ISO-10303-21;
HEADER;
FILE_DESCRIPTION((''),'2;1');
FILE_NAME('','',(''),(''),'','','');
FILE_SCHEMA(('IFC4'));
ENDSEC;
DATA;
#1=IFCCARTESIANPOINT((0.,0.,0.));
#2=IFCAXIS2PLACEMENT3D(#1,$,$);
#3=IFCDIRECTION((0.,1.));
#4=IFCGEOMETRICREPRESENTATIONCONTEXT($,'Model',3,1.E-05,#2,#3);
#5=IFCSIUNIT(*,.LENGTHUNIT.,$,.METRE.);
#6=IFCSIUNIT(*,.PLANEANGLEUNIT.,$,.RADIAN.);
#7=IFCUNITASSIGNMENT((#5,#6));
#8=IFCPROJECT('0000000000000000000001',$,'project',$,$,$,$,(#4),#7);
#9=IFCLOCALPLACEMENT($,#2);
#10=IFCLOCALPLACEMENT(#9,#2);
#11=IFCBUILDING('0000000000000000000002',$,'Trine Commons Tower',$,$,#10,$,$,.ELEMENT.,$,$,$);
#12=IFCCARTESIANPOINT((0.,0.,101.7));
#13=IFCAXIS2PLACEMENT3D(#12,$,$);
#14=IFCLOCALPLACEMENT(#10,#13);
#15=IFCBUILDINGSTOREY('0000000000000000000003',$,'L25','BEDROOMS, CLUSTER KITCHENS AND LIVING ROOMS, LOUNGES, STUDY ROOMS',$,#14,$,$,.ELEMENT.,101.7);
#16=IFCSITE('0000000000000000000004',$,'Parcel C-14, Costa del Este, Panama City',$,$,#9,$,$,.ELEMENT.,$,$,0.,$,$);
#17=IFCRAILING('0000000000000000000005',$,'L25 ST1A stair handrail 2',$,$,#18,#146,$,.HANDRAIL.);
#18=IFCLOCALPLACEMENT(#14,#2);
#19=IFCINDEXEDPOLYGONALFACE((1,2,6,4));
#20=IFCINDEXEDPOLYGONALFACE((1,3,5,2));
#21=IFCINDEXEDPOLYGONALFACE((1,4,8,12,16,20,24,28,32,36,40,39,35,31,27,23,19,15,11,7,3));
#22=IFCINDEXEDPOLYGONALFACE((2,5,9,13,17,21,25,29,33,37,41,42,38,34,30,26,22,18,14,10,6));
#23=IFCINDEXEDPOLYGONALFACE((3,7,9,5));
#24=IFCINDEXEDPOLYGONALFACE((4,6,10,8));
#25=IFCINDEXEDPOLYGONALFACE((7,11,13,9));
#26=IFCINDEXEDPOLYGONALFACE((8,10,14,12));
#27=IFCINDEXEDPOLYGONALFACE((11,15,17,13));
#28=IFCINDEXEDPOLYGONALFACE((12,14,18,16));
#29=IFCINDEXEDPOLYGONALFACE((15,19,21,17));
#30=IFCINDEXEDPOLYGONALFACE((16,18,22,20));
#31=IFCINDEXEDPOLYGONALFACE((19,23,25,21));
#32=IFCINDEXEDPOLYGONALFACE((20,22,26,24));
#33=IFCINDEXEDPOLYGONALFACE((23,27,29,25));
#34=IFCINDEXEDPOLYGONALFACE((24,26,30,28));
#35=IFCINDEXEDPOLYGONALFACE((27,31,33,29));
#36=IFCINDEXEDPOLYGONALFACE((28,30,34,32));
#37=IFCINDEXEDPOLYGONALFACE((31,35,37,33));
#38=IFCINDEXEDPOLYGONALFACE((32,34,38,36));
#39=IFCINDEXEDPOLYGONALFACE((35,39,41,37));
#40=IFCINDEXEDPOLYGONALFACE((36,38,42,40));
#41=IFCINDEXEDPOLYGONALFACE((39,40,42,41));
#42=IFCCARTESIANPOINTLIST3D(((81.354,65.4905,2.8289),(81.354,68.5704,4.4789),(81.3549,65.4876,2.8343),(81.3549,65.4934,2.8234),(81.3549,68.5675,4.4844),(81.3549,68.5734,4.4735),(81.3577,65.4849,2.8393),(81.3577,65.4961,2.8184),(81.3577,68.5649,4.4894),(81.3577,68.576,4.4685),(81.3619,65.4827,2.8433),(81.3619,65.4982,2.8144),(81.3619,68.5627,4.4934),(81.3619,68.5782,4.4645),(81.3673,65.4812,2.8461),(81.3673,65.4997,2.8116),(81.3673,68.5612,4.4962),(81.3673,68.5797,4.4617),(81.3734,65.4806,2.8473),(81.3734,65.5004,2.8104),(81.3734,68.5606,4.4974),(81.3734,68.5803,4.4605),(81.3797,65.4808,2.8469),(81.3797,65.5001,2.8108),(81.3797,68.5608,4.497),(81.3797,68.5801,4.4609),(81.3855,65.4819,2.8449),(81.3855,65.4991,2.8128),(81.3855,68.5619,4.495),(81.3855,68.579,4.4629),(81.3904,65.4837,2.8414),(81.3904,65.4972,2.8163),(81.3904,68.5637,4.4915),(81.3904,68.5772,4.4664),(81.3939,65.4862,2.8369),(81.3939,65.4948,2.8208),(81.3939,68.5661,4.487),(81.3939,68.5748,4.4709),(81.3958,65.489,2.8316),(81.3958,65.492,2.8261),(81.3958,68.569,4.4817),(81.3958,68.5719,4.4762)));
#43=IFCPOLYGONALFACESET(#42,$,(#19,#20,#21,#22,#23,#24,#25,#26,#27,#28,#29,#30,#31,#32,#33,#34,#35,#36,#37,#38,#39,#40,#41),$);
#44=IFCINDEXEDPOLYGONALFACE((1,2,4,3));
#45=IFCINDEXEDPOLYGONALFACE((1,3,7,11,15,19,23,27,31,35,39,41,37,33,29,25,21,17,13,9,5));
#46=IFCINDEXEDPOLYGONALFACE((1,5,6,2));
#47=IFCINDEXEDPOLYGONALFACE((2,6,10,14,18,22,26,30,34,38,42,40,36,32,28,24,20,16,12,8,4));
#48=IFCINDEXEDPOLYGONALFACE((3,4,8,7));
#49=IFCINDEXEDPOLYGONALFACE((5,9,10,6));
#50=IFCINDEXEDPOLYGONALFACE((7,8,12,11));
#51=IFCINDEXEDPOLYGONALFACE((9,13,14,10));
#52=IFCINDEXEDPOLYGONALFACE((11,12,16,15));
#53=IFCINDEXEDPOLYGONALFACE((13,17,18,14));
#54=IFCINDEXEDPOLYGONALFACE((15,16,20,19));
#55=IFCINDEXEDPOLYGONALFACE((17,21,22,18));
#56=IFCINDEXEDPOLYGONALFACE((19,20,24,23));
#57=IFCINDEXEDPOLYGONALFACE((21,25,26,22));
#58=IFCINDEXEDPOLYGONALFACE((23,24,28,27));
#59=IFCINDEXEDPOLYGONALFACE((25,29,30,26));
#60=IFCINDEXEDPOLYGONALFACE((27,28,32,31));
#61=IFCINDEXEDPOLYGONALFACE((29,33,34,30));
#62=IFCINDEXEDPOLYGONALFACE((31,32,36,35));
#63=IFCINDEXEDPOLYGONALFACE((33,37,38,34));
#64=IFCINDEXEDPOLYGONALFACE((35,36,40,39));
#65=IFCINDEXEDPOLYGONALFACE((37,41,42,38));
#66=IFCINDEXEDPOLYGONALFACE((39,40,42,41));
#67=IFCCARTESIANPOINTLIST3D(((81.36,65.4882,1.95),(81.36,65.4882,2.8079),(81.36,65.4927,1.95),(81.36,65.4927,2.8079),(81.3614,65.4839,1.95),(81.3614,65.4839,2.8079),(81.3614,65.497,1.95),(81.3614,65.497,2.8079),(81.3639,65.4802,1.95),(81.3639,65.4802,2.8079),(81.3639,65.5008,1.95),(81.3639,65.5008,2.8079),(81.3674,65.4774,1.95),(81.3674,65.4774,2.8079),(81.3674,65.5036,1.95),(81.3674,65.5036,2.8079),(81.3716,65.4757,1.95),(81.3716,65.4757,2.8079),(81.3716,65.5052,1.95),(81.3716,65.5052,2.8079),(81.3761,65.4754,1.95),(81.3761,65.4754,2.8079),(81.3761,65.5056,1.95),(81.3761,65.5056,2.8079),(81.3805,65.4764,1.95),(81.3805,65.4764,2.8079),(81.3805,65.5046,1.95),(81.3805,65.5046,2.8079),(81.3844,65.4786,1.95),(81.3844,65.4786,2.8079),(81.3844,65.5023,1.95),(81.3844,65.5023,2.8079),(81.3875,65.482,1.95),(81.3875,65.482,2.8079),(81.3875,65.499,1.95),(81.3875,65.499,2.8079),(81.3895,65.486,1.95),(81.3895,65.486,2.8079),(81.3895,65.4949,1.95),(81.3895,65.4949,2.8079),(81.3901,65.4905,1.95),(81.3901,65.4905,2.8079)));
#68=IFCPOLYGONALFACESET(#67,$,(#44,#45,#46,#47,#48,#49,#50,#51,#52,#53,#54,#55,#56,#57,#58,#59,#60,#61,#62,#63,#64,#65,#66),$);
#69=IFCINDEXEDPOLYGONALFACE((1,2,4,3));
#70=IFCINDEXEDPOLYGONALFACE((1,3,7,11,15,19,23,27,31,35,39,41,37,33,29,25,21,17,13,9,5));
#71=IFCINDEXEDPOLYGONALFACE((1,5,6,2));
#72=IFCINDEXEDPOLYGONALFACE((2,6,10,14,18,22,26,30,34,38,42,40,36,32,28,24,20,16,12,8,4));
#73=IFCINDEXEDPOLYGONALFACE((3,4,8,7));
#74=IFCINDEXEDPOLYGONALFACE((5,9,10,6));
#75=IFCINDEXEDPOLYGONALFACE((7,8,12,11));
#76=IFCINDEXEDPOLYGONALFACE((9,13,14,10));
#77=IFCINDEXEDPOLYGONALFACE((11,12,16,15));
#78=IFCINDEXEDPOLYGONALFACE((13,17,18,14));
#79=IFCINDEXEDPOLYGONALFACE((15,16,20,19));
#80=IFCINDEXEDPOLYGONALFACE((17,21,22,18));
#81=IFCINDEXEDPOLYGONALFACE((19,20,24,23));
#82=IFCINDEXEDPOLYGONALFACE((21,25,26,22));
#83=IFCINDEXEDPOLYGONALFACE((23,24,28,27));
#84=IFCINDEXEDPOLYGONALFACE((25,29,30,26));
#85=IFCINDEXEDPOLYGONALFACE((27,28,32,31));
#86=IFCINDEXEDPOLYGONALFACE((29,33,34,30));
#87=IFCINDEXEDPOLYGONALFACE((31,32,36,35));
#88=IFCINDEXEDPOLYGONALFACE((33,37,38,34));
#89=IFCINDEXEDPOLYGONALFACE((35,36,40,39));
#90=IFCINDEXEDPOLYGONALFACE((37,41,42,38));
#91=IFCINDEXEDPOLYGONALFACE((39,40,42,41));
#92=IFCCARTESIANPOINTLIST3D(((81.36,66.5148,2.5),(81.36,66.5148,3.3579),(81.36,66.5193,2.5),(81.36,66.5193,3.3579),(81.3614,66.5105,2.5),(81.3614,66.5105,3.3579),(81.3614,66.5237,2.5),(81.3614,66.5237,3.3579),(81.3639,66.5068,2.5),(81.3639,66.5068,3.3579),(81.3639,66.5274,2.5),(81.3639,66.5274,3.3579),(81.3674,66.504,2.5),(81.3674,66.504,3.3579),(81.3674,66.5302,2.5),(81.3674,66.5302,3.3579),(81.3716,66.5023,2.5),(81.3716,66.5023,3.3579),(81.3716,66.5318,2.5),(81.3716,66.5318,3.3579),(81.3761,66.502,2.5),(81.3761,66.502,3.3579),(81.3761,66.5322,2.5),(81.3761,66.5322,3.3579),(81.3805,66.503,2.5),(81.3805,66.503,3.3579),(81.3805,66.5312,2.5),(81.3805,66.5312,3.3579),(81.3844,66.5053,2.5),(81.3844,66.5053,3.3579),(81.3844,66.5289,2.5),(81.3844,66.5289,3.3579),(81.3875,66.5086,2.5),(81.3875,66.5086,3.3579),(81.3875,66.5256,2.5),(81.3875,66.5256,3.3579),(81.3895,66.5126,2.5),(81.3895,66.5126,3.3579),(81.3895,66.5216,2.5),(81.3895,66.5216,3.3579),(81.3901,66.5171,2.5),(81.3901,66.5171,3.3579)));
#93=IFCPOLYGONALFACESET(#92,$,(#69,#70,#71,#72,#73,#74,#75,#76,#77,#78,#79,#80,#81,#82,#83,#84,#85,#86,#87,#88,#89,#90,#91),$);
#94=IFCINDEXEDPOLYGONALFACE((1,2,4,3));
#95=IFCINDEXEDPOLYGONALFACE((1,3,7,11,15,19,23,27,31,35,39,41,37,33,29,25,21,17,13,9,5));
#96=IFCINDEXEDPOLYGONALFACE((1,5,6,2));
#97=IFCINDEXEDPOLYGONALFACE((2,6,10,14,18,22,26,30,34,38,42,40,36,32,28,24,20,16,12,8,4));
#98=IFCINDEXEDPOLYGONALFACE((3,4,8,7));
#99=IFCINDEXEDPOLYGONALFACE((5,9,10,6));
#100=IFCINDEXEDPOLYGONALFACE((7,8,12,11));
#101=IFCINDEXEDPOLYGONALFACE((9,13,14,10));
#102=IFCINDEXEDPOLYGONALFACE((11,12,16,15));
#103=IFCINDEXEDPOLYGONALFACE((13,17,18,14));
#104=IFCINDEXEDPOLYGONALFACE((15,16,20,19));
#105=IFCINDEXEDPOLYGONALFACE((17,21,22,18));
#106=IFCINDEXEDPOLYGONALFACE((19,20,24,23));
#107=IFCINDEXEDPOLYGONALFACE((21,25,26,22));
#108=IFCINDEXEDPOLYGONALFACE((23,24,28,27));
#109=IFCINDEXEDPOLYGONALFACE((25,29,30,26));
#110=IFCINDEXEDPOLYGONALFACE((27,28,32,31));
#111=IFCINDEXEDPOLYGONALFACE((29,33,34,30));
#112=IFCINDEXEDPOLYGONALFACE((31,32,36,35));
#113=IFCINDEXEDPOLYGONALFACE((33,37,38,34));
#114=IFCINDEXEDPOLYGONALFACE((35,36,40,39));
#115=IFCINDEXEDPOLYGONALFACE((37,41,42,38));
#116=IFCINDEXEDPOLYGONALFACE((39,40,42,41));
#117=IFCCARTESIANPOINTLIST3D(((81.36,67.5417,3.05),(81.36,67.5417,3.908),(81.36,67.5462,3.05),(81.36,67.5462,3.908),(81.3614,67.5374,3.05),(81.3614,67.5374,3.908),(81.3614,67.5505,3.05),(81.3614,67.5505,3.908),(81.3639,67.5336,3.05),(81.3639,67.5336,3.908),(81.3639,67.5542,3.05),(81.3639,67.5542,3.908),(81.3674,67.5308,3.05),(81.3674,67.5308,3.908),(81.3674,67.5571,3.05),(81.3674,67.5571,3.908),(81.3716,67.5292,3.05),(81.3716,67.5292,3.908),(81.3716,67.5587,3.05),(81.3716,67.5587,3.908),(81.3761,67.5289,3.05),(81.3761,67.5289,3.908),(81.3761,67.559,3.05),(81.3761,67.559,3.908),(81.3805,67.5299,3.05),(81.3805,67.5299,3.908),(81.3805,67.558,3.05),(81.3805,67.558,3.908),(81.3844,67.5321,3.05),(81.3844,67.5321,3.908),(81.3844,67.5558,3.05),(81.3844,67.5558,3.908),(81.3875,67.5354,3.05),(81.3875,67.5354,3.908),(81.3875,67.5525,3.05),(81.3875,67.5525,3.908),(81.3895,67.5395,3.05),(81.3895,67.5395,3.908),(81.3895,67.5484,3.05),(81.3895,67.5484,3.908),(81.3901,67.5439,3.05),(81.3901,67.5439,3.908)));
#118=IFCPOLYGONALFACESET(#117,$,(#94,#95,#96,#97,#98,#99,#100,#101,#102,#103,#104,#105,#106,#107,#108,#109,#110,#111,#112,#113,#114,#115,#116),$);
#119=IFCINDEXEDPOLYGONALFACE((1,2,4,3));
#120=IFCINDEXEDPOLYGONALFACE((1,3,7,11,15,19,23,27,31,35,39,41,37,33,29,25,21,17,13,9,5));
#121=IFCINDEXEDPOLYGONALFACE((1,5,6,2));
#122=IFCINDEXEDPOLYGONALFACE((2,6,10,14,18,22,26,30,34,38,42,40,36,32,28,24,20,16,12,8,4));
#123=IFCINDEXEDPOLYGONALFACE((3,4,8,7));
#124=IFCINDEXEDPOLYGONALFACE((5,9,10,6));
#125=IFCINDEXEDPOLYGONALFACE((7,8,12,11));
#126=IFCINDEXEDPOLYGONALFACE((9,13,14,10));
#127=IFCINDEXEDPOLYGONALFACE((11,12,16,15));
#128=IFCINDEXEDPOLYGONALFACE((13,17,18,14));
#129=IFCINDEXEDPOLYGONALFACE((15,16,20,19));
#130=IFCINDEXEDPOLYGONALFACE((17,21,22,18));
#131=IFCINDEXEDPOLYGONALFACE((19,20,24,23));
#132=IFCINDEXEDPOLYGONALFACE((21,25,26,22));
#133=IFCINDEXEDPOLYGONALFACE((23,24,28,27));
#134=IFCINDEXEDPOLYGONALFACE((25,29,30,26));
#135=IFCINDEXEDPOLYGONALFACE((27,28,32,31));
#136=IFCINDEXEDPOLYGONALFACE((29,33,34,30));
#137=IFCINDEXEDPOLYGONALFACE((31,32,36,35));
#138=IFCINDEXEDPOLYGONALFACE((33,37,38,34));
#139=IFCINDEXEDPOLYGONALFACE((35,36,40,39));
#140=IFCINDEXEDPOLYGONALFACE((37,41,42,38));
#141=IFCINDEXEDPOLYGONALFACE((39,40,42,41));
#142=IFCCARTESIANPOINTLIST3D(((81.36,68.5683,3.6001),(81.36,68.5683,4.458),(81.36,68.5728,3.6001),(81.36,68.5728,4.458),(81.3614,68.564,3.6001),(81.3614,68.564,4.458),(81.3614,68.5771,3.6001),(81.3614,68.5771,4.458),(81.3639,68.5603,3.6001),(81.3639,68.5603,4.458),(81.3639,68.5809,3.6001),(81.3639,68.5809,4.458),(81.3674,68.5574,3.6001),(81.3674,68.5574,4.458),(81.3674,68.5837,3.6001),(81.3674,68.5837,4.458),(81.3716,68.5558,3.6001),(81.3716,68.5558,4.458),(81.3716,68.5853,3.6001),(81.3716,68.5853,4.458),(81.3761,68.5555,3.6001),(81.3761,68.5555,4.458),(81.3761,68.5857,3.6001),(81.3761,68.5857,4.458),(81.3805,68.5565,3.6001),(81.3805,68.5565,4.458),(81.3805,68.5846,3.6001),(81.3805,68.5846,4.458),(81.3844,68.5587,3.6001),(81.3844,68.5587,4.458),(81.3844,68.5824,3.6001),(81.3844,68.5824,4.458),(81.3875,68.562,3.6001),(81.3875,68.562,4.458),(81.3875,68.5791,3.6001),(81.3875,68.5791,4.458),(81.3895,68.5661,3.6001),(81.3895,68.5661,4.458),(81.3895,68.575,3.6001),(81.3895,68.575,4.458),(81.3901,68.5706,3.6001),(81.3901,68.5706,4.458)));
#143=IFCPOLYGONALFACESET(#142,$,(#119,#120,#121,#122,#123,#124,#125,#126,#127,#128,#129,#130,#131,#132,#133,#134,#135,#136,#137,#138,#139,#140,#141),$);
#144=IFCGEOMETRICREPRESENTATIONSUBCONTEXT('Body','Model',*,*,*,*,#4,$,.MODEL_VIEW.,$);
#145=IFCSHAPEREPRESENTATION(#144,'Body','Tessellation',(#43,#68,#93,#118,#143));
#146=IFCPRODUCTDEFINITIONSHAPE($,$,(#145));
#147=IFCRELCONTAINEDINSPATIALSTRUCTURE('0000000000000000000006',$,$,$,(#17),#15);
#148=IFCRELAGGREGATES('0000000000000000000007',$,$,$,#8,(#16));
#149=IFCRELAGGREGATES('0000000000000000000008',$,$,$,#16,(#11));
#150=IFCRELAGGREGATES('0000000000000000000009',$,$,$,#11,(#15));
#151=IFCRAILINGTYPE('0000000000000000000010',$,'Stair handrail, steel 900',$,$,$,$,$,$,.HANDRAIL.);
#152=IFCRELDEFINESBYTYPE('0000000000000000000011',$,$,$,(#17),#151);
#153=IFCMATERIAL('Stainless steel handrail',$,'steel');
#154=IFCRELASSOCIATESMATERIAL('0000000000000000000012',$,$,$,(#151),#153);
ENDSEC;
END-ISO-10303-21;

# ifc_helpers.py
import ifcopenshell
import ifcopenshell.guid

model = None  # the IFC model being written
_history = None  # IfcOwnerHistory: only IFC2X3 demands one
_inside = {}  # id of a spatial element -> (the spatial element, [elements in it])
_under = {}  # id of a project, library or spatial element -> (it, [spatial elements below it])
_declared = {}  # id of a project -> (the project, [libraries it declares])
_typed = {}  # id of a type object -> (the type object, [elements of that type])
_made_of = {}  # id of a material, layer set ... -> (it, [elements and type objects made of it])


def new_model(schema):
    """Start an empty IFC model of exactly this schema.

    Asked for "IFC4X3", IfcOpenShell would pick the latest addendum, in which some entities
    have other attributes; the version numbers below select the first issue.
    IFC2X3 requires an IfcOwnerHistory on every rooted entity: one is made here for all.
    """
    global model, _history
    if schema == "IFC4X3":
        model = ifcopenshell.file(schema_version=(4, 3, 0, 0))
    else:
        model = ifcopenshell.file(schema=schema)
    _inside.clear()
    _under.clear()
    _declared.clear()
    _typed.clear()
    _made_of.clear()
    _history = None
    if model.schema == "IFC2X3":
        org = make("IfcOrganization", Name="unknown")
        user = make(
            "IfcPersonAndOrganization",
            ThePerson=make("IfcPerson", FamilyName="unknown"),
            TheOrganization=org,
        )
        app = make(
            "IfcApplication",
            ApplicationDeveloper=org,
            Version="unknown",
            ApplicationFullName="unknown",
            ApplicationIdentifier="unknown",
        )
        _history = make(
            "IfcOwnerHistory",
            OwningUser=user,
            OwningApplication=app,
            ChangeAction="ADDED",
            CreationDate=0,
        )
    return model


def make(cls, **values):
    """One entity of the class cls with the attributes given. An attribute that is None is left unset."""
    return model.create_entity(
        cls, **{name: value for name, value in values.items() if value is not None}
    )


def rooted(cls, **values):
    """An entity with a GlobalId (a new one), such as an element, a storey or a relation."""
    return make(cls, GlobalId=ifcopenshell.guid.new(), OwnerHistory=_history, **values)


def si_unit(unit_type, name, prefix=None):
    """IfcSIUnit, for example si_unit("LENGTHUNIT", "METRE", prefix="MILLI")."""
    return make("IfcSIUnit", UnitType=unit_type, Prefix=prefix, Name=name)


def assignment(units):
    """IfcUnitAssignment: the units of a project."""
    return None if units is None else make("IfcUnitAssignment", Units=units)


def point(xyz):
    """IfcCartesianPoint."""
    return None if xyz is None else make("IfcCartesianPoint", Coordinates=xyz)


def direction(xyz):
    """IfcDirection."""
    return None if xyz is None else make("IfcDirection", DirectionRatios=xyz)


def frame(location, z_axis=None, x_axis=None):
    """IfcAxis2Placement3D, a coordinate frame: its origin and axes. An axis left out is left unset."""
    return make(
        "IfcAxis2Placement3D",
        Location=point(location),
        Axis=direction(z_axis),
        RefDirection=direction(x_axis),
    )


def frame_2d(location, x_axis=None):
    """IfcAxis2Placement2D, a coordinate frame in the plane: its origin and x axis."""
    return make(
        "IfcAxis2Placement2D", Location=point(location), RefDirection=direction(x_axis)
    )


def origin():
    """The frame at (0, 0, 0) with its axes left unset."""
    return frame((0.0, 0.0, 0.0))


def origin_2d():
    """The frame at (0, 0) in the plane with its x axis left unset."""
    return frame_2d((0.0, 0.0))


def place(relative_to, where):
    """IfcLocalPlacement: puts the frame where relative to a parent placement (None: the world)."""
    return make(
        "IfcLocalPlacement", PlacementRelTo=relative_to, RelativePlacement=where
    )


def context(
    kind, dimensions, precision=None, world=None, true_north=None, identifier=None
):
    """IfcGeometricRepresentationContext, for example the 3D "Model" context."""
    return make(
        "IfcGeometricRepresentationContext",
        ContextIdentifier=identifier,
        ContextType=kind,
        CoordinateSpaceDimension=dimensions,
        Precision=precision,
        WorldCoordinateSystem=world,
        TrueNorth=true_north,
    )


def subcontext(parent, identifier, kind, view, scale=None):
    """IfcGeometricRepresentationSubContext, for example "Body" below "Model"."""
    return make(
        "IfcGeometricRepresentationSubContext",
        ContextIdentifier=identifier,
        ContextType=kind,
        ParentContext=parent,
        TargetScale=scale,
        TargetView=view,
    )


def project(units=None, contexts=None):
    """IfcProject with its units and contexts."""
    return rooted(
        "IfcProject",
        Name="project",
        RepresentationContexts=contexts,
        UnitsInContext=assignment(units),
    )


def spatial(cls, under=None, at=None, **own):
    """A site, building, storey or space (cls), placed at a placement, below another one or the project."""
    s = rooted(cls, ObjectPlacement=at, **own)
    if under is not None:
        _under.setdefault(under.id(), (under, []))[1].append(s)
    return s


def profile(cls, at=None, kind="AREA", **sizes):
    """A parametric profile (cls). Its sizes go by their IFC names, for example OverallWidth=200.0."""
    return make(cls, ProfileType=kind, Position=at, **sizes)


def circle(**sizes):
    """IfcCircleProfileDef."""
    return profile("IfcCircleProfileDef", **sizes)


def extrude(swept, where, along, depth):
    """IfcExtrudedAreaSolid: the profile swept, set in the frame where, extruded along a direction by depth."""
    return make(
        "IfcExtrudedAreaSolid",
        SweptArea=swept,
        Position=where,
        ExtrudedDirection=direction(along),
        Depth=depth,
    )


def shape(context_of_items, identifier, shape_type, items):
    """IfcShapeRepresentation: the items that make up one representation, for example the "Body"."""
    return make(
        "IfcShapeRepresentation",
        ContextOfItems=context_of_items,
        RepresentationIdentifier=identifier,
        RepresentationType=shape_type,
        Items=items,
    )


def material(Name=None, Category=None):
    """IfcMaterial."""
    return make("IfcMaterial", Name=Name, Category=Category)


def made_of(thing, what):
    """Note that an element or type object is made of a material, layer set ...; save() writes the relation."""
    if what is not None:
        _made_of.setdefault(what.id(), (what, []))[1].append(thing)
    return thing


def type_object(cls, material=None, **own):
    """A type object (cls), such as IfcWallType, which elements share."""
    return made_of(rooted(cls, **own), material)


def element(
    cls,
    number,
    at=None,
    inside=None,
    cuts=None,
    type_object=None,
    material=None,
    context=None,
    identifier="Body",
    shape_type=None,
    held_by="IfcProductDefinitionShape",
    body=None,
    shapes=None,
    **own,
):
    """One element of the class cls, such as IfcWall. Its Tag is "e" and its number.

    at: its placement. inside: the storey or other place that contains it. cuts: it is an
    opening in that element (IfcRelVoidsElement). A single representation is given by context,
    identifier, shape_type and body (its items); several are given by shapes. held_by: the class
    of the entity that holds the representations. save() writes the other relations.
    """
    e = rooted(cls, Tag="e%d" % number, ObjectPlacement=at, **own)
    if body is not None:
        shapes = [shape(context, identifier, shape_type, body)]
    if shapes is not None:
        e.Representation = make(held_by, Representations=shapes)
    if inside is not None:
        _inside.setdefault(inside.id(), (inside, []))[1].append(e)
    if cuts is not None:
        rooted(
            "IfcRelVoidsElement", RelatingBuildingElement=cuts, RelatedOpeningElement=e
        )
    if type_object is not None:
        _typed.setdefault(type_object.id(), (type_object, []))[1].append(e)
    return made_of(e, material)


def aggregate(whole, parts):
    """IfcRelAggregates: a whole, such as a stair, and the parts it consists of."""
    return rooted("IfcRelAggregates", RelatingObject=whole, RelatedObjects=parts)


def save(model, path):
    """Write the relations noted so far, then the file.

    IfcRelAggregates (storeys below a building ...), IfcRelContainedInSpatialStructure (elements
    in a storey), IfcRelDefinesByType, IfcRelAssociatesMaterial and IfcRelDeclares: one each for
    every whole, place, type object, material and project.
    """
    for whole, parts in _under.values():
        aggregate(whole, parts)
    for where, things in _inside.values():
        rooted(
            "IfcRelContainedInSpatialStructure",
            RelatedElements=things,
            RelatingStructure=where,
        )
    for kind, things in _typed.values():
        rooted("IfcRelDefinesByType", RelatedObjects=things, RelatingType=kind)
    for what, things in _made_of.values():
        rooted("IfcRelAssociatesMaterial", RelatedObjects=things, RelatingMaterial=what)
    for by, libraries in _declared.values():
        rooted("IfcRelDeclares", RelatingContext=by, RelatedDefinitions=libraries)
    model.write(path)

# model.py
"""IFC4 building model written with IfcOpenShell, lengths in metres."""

from ifc_helpers import new_model, si_unit, direction, frame, origin, origin_2d, place, context, subcontext, project, spatial, circle, extrude, material, type_object, element, save


model = new_model("IFC4")

# Units and contexts
model_context = context("Model", 3, precision=1e-05, world=origin(), true_north=direction((0.0, 1.0)))
body_context = subcontext(model_context, "Body", "Model", "MODEL_VIEW")
ifc_project = project(units=[si_unit("LENGTHUNIT", "METRE"), si_unit("PLANEANGLEUNIT", "RADIAN")], contexts=[model_context])

# Site, building, storey
site_placement = place(None, origin())
site = spatial("IfcSite", under=ifc_project, at=site_placement, Name="Parcel C-14, Costa del Este, Panama City", CompositionType="ELEMENT", RefElevation=0.0)
building_placement = place(site_placement, origin())
building = spatial("IfcBuilding", under=site, at=building_placement, Name="Trine Commons Tower", CompositionType="ELEMENT")
storey_placement = place(building_placement, frame((0.0, 0.0, 101.7)))
storey = spatial("IfcBuildingStorey", under=building, at=storey_placement, Name="L25", Description="BEDROOMS, CLUSTER KITCHENS AND LIVING ROOMS, LOUNGES, STUDY ROOMS", CompositionType="ELEMENT", Elevation=101.7)

# Railing
ifc_material_1 = material(Name="Stainless steel handrail", Category="steel")
railing_type_1 = type_object("IfcRailingType", Name="Stair handrail, steel 900", PredefinedType="HANDRAIL", material=ifc_material_1)
railing_1_placement = place(storey_placement, frame((81.375, 65.4905, 1.95)))
element("IfcRailing", 1, at=railing_1_placement, inside=storey, type_object=railing_type_1, Name="L25 ST1A stair handrail 2", PredefinedType="HANDRAIL", context=body_context, shape_type="SweptSolid", body=[
    extrude(circle(Radius=0.021, at=origin_2d()), frame((0.0, 0.0, 0.8789), z_axis=(0.0, 0.881468, 0.472245), x_axis=(-1.0, 0.0, 0.0)), (0.0, 0.0, 1.0), 3.4941),
    extrude(circle(Radius=0.0151, at=origin_2d()), origin(), (0.0, 0.0, 1.0), 0.8579),
    extrude(circle(Radius=0.0151, at=origin_2d()), frame((0.0, 1.0266, 0.55)), (0.0, 0.0, 1.0), 0.8579),
    extrude(circle(Radius=0.0151, at=origin_2d()), frame((0.0, 2.0535, 1.1001)), (0.0, 0.0, 1.0), 0.8579),
    extrude(circle(Radius=0.0151, at=origin_2d()), frame((0.0, 3.0801, 1.6501)), (0.0, 0.0, 1.0), 0.8579),
])

save(model, "model.ifc")
